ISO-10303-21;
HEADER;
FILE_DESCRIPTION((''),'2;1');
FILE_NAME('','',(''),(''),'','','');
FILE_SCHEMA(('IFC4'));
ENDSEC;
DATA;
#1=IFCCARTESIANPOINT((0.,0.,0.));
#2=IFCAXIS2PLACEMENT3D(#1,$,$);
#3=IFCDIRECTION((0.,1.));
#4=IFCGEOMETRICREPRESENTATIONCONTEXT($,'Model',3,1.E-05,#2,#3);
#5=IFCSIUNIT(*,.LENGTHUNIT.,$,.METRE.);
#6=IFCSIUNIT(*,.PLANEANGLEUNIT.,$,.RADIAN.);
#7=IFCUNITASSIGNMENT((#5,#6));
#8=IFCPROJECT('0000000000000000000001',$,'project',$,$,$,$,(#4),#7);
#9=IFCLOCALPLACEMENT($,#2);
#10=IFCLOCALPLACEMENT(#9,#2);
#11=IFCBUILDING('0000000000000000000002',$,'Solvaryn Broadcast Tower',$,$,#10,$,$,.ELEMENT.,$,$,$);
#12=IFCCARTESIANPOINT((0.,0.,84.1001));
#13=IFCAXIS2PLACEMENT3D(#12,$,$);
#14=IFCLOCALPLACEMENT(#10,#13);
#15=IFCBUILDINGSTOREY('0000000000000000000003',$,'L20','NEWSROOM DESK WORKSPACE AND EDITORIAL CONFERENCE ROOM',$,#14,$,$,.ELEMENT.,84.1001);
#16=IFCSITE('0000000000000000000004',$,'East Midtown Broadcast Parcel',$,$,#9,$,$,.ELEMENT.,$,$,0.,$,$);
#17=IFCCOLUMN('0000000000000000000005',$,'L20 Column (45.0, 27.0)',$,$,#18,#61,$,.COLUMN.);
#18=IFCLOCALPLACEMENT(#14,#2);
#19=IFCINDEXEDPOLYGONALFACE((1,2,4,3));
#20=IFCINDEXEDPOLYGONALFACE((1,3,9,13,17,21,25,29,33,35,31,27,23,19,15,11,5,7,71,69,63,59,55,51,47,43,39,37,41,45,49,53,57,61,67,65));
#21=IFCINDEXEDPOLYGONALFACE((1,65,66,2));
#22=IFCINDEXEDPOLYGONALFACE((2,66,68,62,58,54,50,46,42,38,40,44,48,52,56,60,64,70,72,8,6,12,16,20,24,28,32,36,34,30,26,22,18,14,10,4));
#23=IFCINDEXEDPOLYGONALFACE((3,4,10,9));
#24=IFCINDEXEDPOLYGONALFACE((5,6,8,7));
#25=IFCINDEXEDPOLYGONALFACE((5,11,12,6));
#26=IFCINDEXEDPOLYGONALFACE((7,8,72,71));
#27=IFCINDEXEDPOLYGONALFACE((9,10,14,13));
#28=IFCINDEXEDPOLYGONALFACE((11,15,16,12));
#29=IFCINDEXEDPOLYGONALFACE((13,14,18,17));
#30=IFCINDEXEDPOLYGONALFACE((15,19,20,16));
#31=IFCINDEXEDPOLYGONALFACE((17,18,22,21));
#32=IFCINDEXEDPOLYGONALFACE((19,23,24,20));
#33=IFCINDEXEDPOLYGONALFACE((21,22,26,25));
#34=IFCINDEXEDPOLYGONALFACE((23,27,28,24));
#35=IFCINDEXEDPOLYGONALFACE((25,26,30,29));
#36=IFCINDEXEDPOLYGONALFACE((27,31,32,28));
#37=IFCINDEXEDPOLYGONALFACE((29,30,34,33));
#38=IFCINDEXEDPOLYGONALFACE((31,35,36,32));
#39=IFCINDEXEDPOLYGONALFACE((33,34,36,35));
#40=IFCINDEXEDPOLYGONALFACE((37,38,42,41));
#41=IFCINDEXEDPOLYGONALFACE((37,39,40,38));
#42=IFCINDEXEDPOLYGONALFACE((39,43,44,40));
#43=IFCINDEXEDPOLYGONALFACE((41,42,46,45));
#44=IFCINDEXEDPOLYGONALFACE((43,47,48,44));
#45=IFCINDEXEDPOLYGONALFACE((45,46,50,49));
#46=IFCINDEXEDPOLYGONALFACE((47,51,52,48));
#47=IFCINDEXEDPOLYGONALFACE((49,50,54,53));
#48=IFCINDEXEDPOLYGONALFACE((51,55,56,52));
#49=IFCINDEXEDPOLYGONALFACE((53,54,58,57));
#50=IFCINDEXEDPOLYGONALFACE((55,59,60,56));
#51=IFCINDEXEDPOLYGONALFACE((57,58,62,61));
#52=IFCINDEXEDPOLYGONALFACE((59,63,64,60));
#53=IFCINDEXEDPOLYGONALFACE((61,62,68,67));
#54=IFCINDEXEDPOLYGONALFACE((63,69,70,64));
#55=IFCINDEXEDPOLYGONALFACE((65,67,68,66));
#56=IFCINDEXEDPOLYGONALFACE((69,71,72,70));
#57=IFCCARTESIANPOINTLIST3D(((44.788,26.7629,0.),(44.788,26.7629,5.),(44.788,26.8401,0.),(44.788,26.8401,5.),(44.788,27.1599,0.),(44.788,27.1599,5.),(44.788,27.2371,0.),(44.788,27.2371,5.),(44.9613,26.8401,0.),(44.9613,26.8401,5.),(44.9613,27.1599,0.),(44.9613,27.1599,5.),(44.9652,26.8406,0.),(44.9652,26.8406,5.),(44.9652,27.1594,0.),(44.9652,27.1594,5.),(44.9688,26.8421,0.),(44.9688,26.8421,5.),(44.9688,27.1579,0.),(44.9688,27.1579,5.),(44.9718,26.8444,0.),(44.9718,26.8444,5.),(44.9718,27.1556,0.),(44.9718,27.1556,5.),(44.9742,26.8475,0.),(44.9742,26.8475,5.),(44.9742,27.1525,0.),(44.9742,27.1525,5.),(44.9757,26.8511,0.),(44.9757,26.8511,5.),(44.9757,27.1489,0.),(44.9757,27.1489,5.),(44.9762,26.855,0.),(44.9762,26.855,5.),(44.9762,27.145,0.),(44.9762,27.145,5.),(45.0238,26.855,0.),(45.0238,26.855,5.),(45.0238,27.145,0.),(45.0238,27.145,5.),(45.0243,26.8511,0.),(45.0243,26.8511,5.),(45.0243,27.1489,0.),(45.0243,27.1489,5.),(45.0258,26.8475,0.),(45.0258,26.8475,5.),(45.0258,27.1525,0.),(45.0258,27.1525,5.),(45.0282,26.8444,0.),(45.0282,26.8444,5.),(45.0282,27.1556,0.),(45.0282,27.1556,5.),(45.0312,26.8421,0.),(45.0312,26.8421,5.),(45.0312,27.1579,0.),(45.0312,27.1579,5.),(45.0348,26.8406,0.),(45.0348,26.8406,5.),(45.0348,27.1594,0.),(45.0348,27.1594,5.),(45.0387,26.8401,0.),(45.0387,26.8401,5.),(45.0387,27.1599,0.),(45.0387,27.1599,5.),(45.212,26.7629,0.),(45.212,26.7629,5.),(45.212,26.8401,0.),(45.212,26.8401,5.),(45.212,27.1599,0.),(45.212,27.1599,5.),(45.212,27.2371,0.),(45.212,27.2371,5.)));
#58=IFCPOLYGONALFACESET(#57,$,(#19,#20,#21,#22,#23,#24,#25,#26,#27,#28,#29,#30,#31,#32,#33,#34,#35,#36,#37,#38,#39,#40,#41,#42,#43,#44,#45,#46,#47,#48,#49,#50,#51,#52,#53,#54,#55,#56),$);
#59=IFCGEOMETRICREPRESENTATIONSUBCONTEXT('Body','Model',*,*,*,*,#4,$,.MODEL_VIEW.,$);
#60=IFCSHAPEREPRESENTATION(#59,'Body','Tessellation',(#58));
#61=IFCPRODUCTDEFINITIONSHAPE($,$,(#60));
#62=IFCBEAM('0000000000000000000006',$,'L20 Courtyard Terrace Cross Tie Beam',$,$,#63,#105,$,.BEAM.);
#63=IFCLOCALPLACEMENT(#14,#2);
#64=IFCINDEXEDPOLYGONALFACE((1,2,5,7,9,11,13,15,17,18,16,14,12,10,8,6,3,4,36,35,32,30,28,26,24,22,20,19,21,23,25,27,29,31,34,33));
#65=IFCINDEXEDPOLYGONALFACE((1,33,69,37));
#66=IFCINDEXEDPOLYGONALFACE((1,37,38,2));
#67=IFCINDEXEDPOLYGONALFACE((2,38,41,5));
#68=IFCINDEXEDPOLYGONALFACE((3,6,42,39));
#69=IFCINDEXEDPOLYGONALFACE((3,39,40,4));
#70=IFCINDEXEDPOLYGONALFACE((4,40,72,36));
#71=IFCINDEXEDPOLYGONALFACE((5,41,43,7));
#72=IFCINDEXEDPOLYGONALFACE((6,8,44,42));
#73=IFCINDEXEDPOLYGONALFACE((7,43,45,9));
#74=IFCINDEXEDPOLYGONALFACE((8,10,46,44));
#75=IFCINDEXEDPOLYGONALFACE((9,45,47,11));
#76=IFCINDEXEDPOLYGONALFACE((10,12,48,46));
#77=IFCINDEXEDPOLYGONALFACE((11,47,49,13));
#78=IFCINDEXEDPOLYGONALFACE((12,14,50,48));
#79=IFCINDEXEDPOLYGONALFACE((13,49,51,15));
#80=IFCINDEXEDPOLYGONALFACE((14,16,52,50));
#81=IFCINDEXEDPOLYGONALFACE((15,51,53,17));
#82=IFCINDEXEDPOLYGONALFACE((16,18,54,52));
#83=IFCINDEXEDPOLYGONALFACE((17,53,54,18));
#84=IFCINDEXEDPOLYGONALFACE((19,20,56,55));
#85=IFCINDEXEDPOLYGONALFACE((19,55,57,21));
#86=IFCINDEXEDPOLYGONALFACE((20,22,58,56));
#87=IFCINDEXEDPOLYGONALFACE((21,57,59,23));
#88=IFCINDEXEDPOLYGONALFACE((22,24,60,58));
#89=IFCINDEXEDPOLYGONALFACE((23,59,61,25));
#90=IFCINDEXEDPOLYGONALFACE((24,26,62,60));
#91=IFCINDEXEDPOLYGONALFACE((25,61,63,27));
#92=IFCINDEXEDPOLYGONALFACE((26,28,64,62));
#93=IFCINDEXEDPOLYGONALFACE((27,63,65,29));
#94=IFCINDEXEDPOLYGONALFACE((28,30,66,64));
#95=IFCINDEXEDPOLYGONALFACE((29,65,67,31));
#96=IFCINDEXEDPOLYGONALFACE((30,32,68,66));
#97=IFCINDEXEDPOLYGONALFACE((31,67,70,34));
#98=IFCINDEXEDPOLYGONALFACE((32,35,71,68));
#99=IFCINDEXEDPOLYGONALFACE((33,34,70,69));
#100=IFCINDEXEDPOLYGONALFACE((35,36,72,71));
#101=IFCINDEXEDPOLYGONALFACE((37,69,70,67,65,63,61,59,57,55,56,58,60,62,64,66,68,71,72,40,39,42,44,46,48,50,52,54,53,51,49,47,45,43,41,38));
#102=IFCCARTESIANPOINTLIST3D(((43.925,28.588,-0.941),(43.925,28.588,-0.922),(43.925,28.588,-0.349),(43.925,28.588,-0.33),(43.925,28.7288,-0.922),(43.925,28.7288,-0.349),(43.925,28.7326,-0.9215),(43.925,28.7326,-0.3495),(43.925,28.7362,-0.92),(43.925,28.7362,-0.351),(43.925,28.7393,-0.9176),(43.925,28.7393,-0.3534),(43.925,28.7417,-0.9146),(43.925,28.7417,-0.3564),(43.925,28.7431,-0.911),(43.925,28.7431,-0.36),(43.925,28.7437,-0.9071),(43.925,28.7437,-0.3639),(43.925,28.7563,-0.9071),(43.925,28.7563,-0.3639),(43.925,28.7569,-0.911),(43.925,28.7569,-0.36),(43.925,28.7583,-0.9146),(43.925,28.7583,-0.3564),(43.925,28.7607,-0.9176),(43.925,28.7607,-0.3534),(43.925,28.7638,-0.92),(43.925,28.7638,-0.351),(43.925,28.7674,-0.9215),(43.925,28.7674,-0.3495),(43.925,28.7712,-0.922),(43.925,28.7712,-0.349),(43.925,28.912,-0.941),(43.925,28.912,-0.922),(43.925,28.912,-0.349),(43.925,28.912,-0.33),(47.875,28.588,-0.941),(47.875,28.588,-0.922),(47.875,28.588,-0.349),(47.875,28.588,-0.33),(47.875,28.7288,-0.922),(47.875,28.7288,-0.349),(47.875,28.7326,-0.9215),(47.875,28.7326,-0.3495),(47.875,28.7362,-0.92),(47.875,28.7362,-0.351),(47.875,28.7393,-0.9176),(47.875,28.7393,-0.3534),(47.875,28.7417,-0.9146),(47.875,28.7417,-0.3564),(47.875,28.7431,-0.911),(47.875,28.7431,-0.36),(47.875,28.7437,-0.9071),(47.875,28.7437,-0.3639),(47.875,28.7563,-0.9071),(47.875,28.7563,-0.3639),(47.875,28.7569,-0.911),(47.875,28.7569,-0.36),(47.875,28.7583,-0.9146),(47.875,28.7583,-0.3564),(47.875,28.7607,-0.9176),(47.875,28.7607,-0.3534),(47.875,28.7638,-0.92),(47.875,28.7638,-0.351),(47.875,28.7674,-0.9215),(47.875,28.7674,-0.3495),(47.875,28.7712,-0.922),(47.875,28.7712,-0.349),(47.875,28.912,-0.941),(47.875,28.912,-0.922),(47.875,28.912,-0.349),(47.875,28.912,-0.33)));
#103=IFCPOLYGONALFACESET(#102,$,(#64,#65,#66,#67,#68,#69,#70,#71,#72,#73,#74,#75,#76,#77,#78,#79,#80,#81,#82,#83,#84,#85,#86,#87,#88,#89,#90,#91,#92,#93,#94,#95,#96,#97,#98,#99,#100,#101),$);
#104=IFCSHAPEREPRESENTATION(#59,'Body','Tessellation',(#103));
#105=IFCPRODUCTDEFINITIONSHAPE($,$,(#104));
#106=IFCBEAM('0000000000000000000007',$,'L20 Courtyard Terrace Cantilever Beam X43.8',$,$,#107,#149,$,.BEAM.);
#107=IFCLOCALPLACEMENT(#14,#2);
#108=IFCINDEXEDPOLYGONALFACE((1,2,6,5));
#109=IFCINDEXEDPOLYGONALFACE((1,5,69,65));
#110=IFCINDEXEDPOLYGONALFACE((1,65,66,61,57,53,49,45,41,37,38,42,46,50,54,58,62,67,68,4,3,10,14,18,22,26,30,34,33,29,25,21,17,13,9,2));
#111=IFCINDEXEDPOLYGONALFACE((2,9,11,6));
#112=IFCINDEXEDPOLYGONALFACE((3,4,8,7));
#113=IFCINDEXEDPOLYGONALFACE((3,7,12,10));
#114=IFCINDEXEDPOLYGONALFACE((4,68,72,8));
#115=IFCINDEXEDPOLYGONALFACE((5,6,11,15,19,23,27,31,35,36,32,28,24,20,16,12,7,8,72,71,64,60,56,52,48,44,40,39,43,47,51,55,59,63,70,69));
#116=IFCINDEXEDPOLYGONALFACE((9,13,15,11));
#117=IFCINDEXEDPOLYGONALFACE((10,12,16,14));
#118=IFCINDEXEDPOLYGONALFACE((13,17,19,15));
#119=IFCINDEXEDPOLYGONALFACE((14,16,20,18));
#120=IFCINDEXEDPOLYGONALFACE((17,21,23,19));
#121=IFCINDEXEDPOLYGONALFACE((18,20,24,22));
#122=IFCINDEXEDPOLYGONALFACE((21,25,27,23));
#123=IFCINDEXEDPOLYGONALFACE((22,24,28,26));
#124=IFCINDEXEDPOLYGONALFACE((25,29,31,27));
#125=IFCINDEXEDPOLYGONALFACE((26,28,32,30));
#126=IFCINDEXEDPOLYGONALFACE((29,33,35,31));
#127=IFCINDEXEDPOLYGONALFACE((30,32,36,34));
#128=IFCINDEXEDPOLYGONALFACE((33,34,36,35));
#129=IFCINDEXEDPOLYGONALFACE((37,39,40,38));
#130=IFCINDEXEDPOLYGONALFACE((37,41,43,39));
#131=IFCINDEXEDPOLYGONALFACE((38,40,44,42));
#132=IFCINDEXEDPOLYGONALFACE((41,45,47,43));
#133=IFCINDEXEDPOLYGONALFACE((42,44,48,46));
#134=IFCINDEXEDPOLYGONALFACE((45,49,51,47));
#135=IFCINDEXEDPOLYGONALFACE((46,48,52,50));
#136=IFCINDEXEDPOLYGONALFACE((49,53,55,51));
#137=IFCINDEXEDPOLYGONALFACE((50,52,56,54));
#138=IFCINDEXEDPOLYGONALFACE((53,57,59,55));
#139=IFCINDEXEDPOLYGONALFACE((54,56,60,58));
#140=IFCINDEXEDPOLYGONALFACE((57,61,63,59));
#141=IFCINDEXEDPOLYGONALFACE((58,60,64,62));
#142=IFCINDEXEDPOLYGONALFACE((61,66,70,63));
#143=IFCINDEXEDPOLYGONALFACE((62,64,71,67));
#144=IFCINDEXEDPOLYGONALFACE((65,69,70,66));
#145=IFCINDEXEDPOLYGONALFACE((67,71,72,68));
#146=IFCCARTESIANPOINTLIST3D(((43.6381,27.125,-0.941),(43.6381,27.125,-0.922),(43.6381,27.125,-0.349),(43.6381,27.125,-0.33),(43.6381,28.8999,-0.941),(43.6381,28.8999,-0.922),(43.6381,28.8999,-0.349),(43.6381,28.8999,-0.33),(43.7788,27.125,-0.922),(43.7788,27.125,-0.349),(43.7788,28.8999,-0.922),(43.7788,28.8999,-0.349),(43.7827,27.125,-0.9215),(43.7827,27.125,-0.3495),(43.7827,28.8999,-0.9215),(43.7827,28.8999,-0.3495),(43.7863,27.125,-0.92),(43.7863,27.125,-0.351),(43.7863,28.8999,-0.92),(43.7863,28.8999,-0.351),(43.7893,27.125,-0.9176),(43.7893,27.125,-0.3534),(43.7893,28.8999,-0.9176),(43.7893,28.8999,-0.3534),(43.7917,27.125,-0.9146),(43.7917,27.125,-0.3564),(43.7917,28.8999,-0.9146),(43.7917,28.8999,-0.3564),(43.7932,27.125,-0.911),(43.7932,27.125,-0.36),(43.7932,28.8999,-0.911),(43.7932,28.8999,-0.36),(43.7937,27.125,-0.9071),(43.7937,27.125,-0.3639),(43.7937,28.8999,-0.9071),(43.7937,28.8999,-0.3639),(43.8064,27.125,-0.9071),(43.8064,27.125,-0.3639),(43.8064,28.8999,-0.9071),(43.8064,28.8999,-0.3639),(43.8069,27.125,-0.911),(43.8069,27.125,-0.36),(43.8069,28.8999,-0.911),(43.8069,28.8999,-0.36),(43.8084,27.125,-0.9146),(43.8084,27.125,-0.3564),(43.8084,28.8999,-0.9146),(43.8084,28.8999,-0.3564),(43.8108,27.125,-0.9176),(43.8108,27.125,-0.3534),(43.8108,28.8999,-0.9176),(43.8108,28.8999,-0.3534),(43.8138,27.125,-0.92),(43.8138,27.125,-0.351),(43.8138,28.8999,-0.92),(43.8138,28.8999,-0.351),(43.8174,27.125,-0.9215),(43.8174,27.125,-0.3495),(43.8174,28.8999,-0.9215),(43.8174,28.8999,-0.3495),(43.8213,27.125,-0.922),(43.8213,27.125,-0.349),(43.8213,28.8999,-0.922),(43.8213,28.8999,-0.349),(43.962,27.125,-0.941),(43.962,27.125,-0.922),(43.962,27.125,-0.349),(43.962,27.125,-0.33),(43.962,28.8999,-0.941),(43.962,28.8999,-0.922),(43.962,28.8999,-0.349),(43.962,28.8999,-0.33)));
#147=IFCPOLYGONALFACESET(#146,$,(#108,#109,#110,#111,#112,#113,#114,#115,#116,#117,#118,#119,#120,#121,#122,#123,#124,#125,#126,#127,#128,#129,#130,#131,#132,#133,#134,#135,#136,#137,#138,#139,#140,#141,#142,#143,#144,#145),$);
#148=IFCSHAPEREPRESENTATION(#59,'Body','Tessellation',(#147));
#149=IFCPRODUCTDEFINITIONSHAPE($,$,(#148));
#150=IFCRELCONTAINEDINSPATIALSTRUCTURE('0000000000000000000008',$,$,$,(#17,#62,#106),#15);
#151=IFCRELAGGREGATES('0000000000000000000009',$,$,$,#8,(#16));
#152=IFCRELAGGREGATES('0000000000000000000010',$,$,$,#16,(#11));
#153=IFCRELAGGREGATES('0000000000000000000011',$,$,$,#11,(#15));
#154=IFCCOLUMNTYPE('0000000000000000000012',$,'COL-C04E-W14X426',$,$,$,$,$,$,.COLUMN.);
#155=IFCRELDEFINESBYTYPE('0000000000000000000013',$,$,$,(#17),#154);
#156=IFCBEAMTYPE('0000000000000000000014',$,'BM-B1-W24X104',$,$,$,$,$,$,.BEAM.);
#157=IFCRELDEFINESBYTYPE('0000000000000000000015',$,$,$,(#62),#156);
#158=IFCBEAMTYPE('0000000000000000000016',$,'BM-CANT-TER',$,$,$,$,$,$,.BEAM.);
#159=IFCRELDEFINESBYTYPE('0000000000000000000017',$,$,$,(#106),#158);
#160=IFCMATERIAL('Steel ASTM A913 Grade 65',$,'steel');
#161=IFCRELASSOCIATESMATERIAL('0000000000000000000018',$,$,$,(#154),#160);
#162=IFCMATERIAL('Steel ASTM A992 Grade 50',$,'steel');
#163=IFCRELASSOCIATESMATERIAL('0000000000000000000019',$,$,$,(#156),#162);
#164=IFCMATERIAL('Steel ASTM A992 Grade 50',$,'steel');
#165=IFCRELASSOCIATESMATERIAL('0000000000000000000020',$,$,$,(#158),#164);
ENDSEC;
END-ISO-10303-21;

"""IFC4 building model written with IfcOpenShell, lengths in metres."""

from ifc_helpers import new_model, si_unit, direction, frame, origin, origin_2d, place, context, subcontext, project, spatial, i_section, extrude, material, material_profile, profile_set, type_object, element, save


model = new_model("IFC4")

# Units and contexts
model_context = context("Model", 3, precision=1e-05, world=origin(), true_north=direction((0.0, 1.0)))
body_context = subcontext(model_context, "Body", "Model", "MODEL_VIEW")
ifc_project = project(units=[si_unit("LENGTHUNIT", "METRE"), si_unit("PLANEANGLEUNIT", "RADIAN")], contexts=[model_context])

# Site, building, storey
site_placement = place(None, origin())
site = spatial("IfcSite", under=ifc_project, at=site_placement, Name="East Midtown Broadcast Parcel", CompositionType="ELEMENT", RefElevation=0.0)
building_placement = place(site_placement, origin())
building = spatial("IfcBuilding", under=site, at=building_placement, Name="Solvaryn Broadcast Tower", CompositionType="ELEMENT")
storey_placement = place(building_placement, frame((0.0, 0.0, 84.1001)))
storey = spatial("IfcBuildingStorey", under=building, at=storey_placement, Name="L20", Description="NEWSROOM DESK WORKSPACE AND EDITORIAL CONFERENCE ROOM", CompositionType="ELEMENT", Elevation=84.1001)

# Column
ifc_material_1 = material(Name="Steel ASTM A913 Grade 65", Category="steel")
ifc_material_profile_1 = material_profile(ifc_material_1, i_section(OverallWidth=0.4241, OverallDepth=0.4741, WebThickness=0.0476, FlangeThickness=0.0771, FilletRadius=0.0149, at=origin_2d()))
ifc_profile_set_1 = profile_set([ifc_material_profile_1], Name="Steel ASTM A913 Grade 65")
column_type = type_object("IfcColumnType", Name="COL-C04E-W14X426", PredefinedType="COLUMN", material=ifc_profile_set_1)
column_placement = place(storey_placement, frame((45.0, 27.0, 0.0), z_axis=(0.0, 0.0, 1.0), x_axis=(1.0, 0.0, 0.0)))
element("IfcColumn", 1, at=column_placement, inside=storey, type_object=column_type, Name="L20 Column (45.0, 27.0)", PredefinedType="COLUMN", context=body_context, shape_type="SweptSolid", body=[
    extrude(i_section(OverallWidth=0.4241, OverallDepth=0.4741, WebThickness=0.0476, FlangeThickness=0.0771, FilletRadius=0.0149, at=origin_2d()), origin(), (0.0, 0.0, 1.0), 5.0),
])

# Beams
ifc_material_2 = material(Name="Steel ASTM A992 Grade 50", Category="steel")
ifc_material_profile_2 = material_profile(ifc_material_2, i_section(OverallWidth=0.324, OverallDepth=0.6111, WebThickness=0.0127, FlangeThickness=0.019, FilletRadius=0.0149, at=origin_2d()))
ifc_profile_set_2 = profile_set([ifc_material_profile_2], Name="Steel ASTM A992 Grade 50")
beam_type_1 = type_object("IfcBeamType", Name="BM-B1-W24X104", PredefinedType="BEAM", material=ifc_profile_set_2)
beam_1_placement = place(storey_placement, frame((43.925, 28.75, -0.6355), z_axis=(1.0, 0.0, 0.0), x_axis=(0.0, 1.0, 0.0)))
element("IfcBeam", 2, at=beam_1_placement, inside=storey, type_object=beam_type_1, Name="L20 Courtyard Terrace Cross Tie Beam", PredefinedType="BEAM", context=body_context, shape_type="SweptSolid", body=[
    extrude(i_section(OverallWidth=0.324, OverallDepth=0.6111, WebThickness=0.0127, FlangeThickness=0.019, FilletRadius=0.0149, at=origin_2d()), origin(), (0.0, 0.0, 1.0), 3.95),
])
ifc_material_3 = material(Name="Steel ASTM A992 Grade 50", Category="steel")
ifc_material_profile_3 = material_profile(ifc_material_3, i_section(OverallWidth=0.324, OverallDepth=0.6111, WebThickness=0.0127, FlangeThickness=0.019, FilletRadius=0.0149, at=origin_2d()))
ifc_profile_set_3 = profile_set([ifc_material_profile_3], Name="Steel ASTM A992 Grade 50")
beam_type_2 = type_object("IfcBeamType", Name="BM-CANT-TER", PredefinedType="BEAM", material=ifc_profile_set_3)
beam_2_placement = place(storey_placement, frame((43.8, 27.125, -0.6355), z_axis=(0.0, 1.0, 0.0), x_axis=(-1.0, 0.0, 0.0)))
element("IfcBeam", 3, at=beam_2_placement, inside=storey, type_object=beam_type_2, Name="L20 Courtyard Terrace Cantilever Beam X43.8", PredefinedType="BEAM", context=body_context, shape_type="SweptSolid", body=[
    extrude(i_section(OverallWidth=0.324, OverallDepth=0.6111, WebThickness=0.0127, FlangeThickness=0.019, FilletRadius=0.0149, at=origin_2d()), origin(), (0.0, 0.0, 1.0), 1.7749),
])

save(model, "model.ifc")
